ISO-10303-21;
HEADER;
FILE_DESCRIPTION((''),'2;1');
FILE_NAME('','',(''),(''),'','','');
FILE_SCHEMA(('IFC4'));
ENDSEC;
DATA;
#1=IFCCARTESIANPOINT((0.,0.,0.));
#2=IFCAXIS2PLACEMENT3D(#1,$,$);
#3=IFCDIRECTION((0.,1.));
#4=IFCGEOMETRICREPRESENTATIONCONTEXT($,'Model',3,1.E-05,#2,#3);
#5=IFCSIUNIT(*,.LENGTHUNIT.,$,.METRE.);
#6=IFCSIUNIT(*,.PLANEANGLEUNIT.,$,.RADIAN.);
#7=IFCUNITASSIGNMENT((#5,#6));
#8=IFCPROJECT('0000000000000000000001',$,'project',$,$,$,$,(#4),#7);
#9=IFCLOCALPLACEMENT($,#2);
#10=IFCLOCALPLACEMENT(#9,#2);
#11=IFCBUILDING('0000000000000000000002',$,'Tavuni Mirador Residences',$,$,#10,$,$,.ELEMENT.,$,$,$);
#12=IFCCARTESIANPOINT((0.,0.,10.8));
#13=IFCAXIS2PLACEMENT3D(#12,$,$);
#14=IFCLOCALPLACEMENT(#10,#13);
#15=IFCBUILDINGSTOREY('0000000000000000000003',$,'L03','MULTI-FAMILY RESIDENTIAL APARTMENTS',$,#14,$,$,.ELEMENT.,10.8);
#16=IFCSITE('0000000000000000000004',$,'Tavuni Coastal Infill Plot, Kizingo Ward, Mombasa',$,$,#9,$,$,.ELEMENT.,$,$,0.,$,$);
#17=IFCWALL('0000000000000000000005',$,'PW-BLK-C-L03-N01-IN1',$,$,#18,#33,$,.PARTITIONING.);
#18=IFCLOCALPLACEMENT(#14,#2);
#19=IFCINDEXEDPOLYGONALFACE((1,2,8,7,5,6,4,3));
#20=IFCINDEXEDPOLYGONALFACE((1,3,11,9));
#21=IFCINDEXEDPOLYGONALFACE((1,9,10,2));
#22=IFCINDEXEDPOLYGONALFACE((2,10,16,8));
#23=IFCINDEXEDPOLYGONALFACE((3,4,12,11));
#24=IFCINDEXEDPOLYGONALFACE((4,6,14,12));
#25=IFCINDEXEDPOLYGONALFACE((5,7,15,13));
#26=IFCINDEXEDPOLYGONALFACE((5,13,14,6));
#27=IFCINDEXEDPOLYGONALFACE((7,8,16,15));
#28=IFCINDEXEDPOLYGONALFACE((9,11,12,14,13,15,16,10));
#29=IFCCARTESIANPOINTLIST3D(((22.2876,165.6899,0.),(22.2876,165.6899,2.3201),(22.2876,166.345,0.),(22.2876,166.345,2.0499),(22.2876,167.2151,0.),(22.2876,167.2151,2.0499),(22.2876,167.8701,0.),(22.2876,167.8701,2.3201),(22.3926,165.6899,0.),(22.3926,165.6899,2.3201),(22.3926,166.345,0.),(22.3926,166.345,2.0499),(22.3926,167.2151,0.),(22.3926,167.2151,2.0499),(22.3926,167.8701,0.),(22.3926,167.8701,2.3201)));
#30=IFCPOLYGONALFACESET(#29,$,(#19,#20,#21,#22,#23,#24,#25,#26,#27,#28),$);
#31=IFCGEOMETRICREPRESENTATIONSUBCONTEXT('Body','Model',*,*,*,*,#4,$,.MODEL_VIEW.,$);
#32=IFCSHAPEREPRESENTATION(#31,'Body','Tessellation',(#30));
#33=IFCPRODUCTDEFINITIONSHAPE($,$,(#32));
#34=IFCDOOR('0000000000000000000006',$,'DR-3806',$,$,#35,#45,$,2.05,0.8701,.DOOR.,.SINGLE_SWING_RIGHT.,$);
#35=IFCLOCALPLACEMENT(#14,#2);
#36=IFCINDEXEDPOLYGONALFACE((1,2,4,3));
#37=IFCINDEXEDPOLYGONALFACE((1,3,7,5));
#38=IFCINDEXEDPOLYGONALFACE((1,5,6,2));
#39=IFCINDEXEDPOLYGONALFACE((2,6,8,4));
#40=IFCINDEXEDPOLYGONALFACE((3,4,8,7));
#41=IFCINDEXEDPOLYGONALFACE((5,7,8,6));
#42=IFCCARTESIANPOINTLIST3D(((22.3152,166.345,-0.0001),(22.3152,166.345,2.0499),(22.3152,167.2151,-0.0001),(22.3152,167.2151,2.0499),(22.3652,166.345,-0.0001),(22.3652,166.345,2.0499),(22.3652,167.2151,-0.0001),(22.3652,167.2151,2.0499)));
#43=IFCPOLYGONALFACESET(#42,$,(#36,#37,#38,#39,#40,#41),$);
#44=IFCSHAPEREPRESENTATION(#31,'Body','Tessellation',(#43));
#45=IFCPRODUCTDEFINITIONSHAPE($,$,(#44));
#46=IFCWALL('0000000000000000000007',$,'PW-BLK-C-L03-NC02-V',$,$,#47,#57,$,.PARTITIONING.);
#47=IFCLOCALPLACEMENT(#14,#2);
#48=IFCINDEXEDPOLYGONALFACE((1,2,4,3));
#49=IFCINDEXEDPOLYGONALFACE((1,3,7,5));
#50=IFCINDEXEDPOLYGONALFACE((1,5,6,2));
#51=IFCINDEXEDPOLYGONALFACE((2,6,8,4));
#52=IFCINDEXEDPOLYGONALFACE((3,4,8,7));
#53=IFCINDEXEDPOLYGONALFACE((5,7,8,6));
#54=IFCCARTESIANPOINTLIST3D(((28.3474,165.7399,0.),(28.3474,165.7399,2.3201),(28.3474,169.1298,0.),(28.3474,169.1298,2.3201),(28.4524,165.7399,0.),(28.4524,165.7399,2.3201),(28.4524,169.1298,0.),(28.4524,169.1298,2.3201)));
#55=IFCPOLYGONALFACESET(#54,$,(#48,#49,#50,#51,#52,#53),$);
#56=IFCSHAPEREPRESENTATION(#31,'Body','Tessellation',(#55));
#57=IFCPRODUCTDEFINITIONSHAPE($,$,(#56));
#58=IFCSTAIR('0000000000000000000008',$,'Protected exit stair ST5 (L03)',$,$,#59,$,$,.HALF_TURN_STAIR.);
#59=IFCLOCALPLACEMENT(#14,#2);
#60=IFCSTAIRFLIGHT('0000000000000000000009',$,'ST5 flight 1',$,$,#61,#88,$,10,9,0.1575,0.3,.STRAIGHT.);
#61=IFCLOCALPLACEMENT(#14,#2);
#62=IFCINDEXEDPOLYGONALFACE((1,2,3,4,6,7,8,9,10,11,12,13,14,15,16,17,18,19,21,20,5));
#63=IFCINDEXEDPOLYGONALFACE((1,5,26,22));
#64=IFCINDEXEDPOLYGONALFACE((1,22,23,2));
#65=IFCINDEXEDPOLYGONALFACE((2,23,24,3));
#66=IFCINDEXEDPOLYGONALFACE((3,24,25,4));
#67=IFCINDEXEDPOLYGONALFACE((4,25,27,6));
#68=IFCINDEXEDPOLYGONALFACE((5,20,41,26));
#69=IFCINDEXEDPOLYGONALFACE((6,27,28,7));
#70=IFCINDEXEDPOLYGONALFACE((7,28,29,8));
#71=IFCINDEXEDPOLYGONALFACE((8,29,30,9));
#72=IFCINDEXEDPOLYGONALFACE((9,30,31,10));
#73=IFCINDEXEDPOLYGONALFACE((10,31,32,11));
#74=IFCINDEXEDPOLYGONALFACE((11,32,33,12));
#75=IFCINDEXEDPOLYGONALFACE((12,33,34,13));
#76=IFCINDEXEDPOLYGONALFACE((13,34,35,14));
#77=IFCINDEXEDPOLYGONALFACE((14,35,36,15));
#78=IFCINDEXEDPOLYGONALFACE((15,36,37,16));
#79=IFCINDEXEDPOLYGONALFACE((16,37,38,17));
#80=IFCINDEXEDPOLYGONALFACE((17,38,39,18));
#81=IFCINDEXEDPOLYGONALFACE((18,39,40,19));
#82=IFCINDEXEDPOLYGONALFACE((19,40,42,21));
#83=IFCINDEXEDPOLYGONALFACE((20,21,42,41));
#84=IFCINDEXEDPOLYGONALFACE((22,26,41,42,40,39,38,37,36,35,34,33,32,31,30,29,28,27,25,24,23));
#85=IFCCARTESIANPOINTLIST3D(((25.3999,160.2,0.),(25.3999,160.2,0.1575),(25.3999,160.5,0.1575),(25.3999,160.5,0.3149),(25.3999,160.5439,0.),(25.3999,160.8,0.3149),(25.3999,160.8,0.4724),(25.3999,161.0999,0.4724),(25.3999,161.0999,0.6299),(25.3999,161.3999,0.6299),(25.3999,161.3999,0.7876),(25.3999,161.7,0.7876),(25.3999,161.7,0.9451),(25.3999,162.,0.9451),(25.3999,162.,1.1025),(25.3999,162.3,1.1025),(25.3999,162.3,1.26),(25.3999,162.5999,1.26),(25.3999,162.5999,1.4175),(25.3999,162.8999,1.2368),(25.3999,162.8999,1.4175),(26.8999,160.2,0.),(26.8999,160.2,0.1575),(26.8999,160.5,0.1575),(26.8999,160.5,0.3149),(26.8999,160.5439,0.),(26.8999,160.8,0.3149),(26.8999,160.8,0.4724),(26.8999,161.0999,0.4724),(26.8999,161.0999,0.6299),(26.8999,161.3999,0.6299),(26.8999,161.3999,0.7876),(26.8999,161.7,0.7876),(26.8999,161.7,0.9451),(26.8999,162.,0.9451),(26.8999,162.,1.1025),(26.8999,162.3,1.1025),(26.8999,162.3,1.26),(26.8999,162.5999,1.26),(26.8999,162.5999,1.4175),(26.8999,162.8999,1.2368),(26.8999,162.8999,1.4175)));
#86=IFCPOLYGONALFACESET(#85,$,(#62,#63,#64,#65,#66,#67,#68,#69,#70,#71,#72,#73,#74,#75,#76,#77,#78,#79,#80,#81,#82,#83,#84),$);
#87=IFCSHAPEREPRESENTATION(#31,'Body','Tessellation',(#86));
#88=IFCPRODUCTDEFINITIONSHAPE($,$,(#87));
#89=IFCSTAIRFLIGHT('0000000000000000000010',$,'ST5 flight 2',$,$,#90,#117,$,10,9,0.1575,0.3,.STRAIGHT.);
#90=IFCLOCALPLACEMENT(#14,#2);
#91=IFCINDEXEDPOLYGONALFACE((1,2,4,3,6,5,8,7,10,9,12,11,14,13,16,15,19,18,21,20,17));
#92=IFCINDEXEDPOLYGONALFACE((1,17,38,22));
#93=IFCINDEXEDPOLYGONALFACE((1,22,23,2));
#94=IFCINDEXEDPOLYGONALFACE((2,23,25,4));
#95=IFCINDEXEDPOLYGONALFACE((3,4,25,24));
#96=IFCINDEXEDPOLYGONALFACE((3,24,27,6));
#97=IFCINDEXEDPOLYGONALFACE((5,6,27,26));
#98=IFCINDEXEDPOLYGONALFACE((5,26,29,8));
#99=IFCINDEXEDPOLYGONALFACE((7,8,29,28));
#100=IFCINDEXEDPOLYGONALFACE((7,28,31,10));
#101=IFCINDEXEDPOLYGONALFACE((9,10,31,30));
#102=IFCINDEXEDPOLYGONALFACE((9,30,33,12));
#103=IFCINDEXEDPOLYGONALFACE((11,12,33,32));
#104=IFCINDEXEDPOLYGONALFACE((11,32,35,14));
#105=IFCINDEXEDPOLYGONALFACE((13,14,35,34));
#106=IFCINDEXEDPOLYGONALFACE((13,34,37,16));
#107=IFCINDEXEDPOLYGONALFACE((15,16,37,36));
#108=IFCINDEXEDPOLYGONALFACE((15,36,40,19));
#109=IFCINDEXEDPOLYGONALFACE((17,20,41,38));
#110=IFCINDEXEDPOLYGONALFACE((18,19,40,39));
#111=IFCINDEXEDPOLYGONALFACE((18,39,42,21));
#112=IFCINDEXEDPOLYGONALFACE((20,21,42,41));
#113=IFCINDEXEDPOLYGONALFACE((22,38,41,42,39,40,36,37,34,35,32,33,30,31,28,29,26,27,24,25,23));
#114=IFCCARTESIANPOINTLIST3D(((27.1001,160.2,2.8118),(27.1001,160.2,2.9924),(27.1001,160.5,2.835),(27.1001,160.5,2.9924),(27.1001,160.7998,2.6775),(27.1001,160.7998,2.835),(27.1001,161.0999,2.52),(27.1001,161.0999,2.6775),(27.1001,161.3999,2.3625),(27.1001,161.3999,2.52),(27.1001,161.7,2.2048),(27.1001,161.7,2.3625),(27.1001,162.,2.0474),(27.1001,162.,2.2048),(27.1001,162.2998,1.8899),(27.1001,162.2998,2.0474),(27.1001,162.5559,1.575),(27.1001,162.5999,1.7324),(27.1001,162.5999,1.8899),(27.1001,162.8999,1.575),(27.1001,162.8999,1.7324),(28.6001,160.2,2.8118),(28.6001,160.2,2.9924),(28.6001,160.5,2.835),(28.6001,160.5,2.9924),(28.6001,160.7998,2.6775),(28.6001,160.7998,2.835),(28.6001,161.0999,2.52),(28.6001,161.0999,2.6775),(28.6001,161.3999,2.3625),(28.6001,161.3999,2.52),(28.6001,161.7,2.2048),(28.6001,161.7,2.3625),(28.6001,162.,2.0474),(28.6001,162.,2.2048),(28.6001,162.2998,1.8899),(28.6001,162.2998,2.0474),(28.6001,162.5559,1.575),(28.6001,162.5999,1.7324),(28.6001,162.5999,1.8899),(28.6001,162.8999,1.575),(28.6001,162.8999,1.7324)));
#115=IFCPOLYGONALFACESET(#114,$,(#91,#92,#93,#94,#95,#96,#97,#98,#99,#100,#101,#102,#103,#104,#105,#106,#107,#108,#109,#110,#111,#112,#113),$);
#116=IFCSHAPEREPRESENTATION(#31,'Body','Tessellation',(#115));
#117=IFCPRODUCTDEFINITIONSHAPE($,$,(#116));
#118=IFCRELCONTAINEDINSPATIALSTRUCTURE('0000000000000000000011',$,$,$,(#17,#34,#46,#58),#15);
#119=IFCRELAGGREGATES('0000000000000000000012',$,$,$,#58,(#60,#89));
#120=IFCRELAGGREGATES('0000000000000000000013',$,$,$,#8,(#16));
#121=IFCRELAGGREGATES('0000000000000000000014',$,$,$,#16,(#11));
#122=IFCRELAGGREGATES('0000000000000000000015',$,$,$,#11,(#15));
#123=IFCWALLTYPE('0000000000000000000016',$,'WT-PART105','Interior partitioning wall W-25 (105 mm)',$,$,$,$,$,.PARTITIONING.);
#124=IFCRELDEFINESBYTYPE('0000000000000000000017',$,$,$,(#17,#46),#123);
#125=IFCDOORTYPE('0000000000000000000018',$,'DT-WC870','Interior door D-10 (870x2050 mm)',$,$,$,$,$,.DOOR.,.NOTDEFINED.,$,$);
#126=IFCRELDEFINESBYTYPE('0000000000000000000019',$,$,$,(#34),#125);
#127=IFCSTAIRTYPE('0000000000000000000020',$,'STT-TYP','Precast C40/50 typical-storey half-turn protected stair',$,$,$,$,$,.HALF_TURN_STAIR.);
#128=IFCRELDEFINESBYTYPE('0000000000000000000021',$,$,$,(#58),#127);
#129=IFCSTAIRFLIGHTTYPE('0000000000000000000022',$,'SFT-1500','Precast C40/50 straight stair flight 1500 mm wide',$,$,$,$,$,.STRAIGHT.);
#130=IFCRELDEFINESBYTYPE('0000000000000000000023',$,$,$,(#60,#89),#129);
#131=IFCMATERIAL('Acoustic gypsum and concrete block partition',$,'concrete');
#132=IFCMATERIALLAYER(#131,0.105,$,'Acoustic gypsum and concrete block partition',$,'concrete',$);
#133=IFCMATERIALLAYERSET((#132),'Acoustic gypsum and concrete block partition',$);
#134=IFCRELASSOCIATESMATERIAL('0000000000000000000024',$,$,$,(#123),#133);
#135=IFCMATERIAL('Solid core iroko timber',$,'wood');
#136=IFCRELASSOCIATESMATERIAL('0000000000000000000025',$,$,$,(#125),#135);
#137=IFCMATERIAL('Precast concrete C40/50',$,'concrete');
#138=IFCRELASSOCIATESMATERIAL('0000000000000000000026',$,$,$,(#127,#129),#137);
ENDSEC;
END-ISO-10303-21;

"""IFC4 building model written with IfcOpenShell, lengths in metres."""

from ifc_helpers import new_model, si_unit, direction, frame, frame_2d, origin, place, context, subcontext, project, spatial, polyline, rectangle, outline, extrude, material, layer, layer_set, type_object, element, fill, aggregate, save


model = new_model("IFC4")

# Units and contexts
model_context = context("Model", 3, precision=1e-05, world=origin(), true_north=direction((0.0, 1.0)))
body_context = subcontext(model_context, "Body", "Model", "MODEL_VIEW")
ifc_project = project(units=[si_unit("LENGTHUNIT", "METRE"), si_unit("PLANEANGLEUNIT", "RADIAN")], contexts=[model_context])

# Site, building, storey
site_placement = place(None, origin())
site = spatial("IfcSite", under=ifc_project, at=site_placement, Name="Tavuni Coastal Infill Plot, Kizingo Ward, Mombasa", CompositionType="ELEMENT", RefElevation=0.0)
building_placement = place(site_placement, origin())
building = spatial("IfcBuilding", under=site, at=building_placement, Name="Tavuni Mirador Residences", CompositionType="ELEMENT")
storey_placement = place(building_placement, frame((0.0, 0.0, 10.8)))
storey = spatial("IfcBuildingStorey", under=building, at=storey_placement, Name="L03", Description="MULTI-FAMILY RESIDENTIAL APARTMENTS", CompositionType="ELEMENT", Elevation=10.8)

# Shared definitions
ifc_material_1 = material(Name="Precast concrete C40/50", Category="concrete")

# Shared definitions
ifc_material_2 = material(Name="Solid core iroko timber", Category="wood")

# Wall, opening, door
ifc_material_3 = material(Name="Acoustic gypsum and concrete block partition", Category="concrete")
ifc_layer_1 = layer(ifc_material_3, 0.105, Name="Acoustic gypsum and concrete block partition", Category="concrete")
ifc_layer_set_1 = layer_set([ifc_layer_1], Name="Acoustic gypsum and concrete block partition")
wall_type_1 = type_object("IfcWallType", Name="WT-PART105", Description="Interior partitioning wall W-25 (105 mm)", PredefinedType="PARTITIONING", material=ifc_layer_set_1)
wall_1_placement = place(storey_placement, frame((22.3401, 165.6899, 0.0), z_axis=(0.0, 0.0, 1.0), x_axis=(0.0, 1.0, 0.0)))
wall_1 = element("IfcWall", 1, at=wall_1_placement, inside=storey, type_object=wall_type_1, Name="PW-BLK-C-L03-N01-IN1", PredefinedType="PARTITIONING", context=body_context, shape_type="SweptSolid", body=[
    extrude(rectangle(XDim=2.1802, YDim=0.105, at=frame_2d((1.0901, 0.0))), origin(), (0.0, 0.0, 1.0), 2.3201),
])
opening_1_placement = place(wall_1_placement, frame((0.655, 0.0, 0.0)))
opening_1 = element("IfcOpeningElement", 2, at=opening_1_placement, cuts=wall_1, PredefinedType="OPENING", context=body_context, shape_type="SweptSolid", body=[
    extrude(rectangle(XDim=0.8701, YDim=2.05, at=frame_2d((0.4351, 1.0249))), frame((0.0, 0.0625, 0.0), z_axis=(0.0, -1.0, 0.0), x_axis=(1.0, 0.0, 0.0)), (0.0, 0.0, 1.0), 0.125),
])
door_type_1 = type_object("IfcDoorType", Name="DT-WC870", Description="Interior door D-10 (870x2050 mm)", OperationType="NOTDEFINED", PredefinedType="DOOR", material=ifc_material_2)
door_1_placement = place(opening_1_placement, origin())
door_1 = element("IfcDoor", 3, at=door_1_placement, inside=storey, type_object=door_type_1, Name="DR-3806", OperationType="SINGLE_SWING_RIGHT", OverallHeight=2.05, OverallWidth=0.8701, PredefinedType="DOOR", context=body_context, shape_type="SweptSolid", body=[
    extrude(rectangle(XDim=0.8701, YDim=2.05, at=frame_2d((0.4351, 1.0249))), frame((0.0, 0.0249, 0.0), z_axis=(0.0, -1.0, 0.0), x_axis=(1.0, 0.0, 0.0)), (0.0, 0.0, 1.0), 0.05),
])
fill(opening_1, door_1)

# Wall
wall_2_placement = place(storey_placement, frame((28.3999, 165.74, 0.0), z_axis=(0.0, 0.0, 1.0), x_axis=(0.0, 1.0, 0.0)))
element("IfcWall", 4, at=wall_2_placement, inside=storey, type_object=wall_type_1, Name="PW-BLK-C-L03-NC02-V", PredefinedType="PARTITIONING", context=body_context, shape_type="SweptSolid", body=[
    extrude(rectangle(XDim=3.3899, YDim=0.105, at=frame_2d((1.6948, 0.0))), origin(), (0.0, 0.0, 1.0), 2.3201),
])

# Stair, stair flights
stair_type = type_object("IfcStairType", Name="STT-TYP", Description="Precast C40/50 typical-storey half-turn protected stair", PredefinedType="HALF_TURN_STAIR", material=ifc_material_1)
stair_placement = place(storey_placement, origin())
stair = element("IfcStair", 5, at=stair_placement, inside=storey, type_object=stair_type, Name="Protected exit stair ST5 (L03)", PredefinedType="HALF_TURN_STAIR")
stair_flight_type = type_object("IfcStairFlightType", Name="SFT-1500", Description="Precast C40/50 straight stair flight 1500 mm wide", PredefinedType="STRAIGHT", material=ifc_material_1)
stair_flight_1_placement = place(storey_placement, frame((26.1499, 160.2, 0.0), z_axis=(0.0, 0.0, 1.0), x_axis=(0.0, 1.0, 0.0)))
stair_flight_1 = element("IfcStairFlight", 6, at=stair_flight_1_placement, type_object=stair_flight_type, Name="ST5 flight 1", NumberOfRisers=10, NumberOfTreads=9, PredefinedType="STRAIGHT", RiserHeight=0.1575, TreadLength=0.3, context=body_context, shape_type="SweptSolid", body=[
    extrude(outline(polyline([(0.0, 0.0), (0.0, 0.1575), (0.3, 0.1575), (0.3, 0.3149), (0.6001, 0.3149), (0.6001, 0.4724), (0.8999, 0.4724), (0.8999, 0.6299), (1.2, 0.6299), (1.2, 0.7876), (1.5, 0.7876), (1.5, 0.9451), (1.8, 0.9451), (1.8, 1.1025), (2.1001, 1.1025), (2.1001, 1.26), (2.3999, 1.26), (2.3999, 1.4175), (2.7, 1.4175), (2.7, 1.575), (2.7, 1.2368), (0.344, 0.0), (0.0, 0.0)])), frame((0.0, 0.75, 0.0), z_axis=(0.0, -1.0, 0.0), x_axis=(1.0, 0.0, 0.0)), (0.0, 0.0, 1.0), 1.5),
])
stair_flight_2_placement = place(storey_placement, frame((27.8501, 162.8999, 1.575), z_axis=(0.0, 0.0, 1.0), x_axis=(0.0, -1.0, 0.0)))
stair_flight_2 = element("IfcStairFlight", 7, at=stair_flight_2_placement, type_object=stair_flight_type, Name="ST5 flight 2", NumberOfRisers=10, NumberOfTreads=9, PredefinedType="STRAIGHT", RiserHeight=0.1575, TreadLength=0.3, context=body_context, shape_type="SweptSolid", body=[
    extrude(outline(polyline([(0.0, 0.0), (0.0, 0.1575), (0.3, 0.1575), (0.3, 0.3149), (0.6001, 0.3149), (0.6001, 0.4724), (0.8999, 0.4724), (0.8999, 0.6299), (1.2, 0.6299), (1.2, 0.7876), (1.5, 0.7876), (1.5, 0.9451), (1.8, 0.9451), (1.8, 1.1025), (2.1001, 1.1025), (2.1001, 1.26), (2.3999, 1.26), (2.3999, 1.4175), (2.7, 1.4175), (2.7, 1.575), (2.7, 1.2368), (0.344, 0.0), (0.0, 0.0)])), frame((0.0, 0.75, 0.0), z_axis=(0.0, -1.0, 0.0), x_axis=(1.0, 0.0, 0.0)), (0.0, 0.0, 1.0), 1.5),
])
aggregate(stair, [stair_flight_1, stair_flight_2])

save(model, "model.ifc")
